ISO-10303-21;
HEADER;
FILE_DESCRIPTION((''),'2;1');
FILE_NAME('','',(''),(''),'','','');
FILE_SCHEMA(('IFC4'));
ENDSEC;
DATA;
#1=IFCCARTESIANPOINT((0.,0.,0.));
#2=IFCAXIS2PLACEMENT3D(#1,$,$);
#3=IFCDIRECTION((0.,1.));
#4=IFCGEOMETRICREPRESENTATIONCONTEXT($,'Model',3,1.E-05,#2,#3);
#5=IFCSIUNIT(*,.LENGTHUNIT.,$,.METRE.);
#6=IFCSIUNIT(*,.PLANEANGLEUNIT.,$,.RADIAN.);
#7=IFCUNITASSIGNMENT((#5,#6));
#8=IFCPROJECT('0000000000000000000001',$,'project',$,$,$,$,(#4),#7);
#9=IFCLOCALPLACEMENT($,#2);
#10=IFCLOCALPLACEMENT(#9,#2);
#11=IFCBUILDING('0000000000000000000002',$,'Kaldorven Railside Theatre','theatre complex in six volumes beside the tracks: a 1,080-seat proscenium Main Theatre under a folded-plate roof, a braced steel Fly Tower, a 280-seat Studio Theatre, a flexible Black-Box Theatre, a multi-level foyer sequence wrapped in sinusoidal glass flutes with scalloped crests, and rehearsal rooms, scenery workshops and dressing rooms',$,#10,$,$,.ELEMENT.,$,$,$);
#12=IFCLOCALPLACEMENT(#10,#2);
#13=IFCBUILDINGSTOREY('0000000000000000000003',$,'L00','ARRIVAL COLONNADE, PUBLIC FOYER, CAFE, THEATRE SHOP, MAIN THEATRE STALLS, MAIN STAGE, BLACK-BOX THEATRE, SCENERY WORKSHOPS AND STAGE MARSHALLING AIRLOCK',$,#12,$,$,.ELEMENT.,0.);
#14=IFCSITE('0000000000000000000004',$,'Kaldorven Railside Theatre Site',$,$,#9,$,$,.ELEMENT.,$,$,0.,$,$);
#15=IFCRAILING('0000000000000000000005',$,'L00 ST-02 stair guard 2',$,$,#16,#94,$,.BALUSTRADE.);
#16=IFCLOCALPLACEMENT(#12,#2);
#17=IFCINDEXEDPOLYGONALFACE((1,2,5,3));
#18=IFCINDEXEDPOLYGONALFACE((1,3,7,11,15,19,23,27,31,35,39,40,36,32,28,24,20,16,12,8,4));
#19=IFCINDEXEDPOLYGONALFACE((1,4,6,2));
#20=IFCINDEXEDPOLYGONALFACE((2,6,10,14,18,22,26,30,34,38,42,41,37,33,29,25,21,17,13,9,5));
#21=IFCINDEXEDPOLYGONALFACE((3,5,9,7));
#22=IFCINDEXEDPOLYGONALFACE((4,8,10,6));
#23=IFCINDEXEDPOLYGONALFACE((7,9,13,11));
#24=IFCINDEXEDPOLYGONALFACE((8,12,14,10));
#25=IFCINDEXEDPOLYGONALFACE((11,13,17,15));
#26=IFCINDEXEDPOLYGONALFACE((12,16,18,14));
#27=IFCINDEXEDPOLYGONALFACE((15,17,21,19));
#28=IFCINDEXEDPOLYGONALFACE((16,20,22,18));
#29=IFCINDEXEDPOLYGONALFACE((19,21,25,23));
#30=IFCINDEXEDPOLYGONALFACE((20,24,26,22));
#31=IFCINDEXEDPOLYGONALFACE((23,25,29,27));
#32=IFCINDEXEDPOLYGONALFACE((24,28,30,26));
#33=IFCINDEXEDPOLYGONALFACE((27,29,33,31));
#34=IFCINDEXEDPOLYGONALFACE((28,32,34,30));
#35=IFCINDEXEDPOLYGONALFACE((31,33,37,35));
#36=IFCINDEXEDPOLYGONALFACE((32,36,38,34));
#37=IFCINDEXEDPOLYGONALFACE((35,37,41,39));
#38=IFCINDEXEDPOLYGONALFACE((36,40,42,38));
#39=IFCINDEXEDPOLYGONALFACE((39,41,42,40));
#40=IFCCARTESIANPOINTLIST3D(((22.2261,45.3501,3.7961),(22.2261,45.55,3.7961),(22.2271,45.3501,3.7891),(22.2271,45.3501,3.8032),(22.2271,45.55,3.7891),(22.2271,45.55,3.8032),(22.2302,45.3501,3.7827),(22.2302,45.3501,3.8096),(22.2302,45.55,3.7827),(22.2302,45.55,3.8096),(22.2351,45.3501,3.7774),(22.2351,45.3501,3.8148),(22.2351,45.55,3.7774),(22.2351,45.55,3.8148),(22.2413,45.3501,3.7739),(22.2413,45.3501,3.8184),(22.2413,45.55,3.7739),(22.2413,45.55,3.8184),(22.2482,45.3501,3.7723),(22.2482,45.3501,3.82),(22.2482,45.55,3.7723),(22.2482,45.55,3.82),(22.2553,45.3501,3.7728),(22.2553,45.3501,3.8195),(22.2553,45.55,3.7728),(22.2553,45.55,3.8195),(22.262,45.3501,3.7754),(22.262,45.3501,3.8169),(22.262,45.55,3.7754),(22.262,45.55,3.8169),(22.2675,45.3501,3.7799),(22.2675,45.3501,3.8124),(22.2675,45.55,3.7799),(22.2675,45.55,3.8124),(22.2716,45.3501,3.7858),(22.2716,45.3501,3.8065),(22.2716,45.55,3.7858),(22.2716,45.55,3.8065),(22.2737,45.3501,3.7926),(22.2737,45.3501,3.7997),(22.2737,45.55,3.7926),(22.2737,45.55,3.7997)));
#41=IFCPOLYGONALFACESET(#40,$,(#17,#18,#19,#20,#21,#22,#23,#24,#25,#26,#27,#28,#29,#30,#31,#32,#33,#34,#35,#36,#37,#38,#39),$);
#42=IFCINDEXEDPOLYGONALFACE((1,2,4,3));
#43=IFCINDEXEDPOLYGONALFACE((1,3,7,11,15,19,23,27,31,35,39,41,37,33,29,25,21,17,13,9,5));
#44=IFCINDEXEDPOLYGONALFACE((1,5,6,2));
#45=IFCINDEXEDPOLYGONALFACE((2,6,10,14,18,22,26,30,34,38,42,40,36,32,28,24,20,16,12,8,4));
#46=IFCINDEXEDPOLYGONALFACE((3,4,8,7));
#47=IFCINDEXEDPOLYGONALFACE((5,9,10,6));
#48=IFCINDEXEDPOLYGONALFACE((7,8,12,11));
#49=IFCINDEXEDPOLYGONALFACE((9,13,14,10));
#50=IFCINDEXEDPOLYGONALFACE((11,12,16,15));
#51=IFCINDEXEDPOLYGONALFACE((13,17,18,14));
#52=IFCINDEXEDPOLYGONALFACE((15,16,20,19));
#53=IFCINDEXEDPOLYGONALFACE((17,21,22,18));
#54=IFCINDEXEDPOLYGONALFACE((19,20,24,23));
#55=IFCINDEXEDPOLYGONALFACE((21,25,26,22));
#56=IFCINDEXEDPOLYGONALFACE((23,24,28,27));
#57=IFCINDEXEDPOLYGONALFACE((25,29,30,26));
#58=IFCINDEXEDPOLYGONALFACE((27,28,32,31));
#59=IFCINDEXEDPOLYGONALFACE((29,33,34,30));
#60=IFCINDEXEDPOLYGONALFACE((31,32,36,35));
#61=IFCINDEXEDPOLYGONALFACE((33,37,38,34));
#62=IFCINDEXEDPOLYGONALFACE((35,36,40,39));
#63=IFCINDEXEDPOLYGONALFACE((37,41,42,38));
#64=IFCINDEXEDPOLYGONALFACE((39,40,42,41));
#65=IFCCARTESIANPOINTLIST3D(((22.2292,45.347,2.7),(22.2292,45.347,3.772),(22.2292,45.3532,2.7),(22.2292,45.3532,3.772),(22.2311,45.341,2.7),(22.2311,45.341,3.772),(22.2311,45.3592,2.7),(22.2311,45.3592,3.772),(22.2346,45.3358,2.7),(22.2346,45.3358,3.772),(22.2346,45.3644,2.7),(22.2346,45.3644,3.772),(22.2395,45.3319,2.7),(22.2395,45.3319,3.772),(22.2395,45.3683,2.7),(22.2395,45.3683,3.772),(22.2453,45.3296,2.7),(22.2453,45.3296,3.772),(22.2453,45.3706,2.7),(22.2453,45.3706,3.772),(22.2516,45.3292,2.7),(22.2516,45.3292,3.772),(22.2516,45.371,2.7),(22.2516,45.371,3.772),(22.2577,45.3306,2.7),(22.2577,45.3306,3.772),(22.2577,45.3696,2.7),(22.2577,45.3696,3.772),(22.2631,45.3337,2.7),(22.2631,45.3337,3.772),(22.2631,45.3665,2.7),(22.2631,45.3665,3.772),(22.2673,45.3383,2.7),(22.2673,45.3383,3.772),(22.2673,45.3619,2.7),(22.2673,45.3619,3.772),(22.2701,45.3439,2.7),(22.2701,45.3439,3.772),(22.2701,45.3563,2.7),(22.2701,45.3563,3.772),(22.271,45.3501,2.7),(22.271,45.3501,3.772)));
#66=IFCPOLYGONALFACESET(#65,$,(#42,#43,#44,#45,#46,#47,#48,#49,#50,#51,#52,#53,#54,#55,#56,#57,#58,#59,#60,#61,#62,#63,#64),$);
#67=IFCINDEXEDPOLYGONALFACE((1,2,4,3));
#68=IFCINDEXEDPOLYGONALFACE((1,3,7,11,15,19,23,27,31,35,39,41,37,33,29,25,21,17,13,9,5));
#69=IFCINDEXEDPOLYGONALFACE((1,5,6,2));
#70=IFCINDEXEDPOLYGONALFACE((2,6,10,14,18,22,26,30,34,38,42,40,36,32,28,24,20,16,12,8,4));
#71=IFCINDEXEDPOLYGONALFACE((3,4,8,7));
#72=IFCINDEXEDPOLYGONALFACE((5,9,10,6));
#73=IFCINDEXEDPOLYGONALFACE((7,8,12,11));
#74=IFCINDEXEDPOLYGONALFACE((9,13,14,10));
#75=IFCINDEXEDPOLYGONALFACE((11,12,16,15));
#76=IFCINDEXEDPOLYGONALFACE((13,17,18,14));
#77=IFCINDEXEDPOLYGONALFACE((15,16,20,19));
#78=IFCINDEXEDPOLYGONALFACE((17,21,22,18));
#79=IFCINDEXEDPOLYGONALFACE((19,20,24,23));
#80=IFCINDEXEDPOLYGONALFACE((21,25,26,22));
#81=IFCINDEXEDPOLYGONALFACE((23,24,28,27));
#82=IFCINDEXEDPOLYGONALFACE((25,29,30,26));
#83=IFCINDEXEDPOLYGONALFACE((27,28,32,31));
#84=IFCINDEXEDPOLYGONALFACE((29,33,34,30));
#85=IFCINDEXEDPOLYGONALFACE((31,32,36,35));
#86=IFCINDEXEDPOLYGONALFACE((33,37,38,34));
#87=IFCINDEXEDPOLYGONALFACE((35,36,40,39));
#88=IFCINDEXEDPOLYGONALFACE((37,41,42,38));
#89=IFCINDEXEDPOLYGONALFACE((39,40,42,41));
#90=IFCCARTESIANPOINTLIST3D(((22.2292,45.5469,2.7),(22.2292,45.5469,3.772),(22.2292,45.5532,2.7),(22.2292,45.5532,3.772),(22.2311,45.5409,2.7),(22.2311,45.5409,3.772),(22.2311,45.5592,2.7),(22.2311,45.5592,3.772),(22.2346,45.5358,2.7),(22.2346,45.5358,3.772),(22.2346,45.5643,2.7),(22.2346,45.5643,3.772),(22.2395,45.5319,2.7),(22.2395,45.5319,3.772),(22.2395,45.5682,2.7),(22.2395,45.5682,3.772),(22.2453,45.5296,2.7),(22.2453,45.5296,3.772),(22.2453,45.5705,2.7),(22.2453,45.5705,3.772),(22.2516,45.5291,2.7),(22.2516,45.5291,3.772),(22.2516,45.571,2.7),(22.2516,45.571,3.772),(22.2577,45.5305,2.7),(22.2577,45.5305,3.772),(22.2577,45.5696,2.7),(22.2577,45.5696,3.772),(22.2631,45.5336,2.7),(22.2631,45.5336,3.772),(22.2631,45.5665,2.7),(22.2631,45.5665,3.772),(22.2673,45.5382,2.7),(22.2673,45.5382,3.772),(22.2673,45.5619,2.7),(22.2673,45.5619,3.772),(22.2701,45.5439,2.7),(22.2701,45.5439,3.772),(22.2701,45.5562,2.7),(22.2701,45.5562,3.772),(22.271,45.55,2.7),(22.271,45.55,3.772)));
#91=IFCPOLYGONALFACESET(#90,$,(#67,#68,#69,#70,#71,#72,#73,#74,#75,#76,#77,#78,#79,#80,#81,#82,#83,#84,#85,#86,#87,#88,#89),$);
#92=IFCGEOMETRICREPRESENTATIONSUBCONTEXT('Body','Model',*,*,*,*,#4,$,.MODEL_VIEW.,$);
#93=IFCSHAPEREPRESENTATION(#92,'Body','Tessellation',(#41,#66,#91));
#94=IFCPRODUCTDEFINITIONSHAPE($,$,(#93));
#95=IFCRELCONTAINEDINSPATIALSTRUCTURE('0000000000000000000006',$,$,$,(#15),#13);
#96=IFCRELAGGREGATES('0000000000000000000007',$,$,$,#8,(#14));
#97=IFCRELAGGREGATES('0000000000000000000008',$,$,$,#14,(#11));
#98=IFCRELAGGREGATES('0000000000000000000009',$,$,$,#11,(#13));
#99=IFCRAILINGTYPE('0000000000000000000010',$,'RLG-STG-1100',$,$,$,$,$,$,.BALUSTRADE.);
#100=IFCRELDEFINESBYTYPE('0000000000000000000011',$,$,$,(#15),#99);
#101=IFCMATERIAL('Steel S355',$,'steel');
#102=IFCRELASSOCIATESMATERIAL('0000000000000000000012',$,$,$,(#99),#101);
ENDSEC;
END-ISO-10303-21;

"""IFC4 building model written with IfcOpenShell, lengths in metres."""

from ifc_helpers import new_model, si_unit, direction, frame, origin, origin_2d, place, context, subcontext, project, spatial, circle, extrude, material, type_object, element, save


model = new_model("IFC4")

# Units and contexts
model_context = context("Model", 3, precision=1e-05, world=origin(), true_north=direction((0.0, 1.0)))
body_context = subcontext(model_context, "Body", "Model", "MODEL_VIEW")
ifc_project = project(units=[si_unit("LENGTHUNIT", "METRE"), si_unit("PLANEANGLEUNIT", "RADIAN")], contexts=[model_context])

# Site, building, storey
site_placement = place(None, origin())
site = spatial("IfcSite", under=ifc_project, at=site_placement, Name="Kaldorven Railside Theatre Site", CompositionType="ELEMENT", RefElevation=0.0)
building_placement = place(site_placement, origin())
building = spatial("IfcBuilding", under=site, at=building_placement, Name="Kaldorven Railside Theatre", Description="theatre complex in six volumes beside the tracks: a 1,080-seat proscenium Main Theatre under a folded-plate roof, a braced steel Fly Tower, a 280-seat Studio Theatre, a flexible Black-Box Theatre, a multi-level foyer sequence wrapped in sinusoidal glass flutes with scalloped crests, and rehearsal rooms, scenery workshops and dressing rooms", CompositionType="ELEMENT")
storey_placement = place(building_placement, origin())
storey = spatial("IfcBuildingStorey", under=building, at=storey_placement, Name="L00", Description="ARRIVAL COLONNADE, PUBLIC FOYER, CAFE, THEATRE SHOP, MAIN THEATRE STALLS, MAIN STAGE, BLACK-BOX THEATRE, SCENERY WORKSHOPS AND STAGE MARSHALLING AIRLOCK", CompositionType="ELEMENT", Elevation=0.0)

# Shared definitions
ifc_material_1 = material(Name="Steel S355", Category="steel")

# Railing
railing_type_1 = type_object("IfcRailingType", Name="RLG-STG-1100", PredefinedType="BALUSTRADE", material=ifc_material_1)
railing_1_placement = place(storey_placement, frame((22.25, 45.3501, 2.7)))
element("IfcRailing", 1, at=railing_1_placement, inside=storey, type_object=railing_type_1, Name="L00 ST-02 stair guard 2", PredefinedType="BALUSTRADE", context=body_context, shape_type="SweptSolid", body=[
    extrude(circle(Radius=0.0239, at=origin_2d()), frame((0.0, 0.0, 1.0962), z_axis=(0.0, 1.0, 0.0), x_axis=(-1.0, 0.0, 0.0)), (0.0, 0.0, 1.0), 0.2),
    extrude(circle(Radius=0.021, at=origin_2d()), origin(), (0.0, 0.0, 1.0), 1.072),
    extrude(circle(Radius=0.021, at=origin_2d()), frame((0.0, 0.2, 0.0)), (0.0, 0.0, 1.0), 1.072),
])

save(model, "model.ifc")
